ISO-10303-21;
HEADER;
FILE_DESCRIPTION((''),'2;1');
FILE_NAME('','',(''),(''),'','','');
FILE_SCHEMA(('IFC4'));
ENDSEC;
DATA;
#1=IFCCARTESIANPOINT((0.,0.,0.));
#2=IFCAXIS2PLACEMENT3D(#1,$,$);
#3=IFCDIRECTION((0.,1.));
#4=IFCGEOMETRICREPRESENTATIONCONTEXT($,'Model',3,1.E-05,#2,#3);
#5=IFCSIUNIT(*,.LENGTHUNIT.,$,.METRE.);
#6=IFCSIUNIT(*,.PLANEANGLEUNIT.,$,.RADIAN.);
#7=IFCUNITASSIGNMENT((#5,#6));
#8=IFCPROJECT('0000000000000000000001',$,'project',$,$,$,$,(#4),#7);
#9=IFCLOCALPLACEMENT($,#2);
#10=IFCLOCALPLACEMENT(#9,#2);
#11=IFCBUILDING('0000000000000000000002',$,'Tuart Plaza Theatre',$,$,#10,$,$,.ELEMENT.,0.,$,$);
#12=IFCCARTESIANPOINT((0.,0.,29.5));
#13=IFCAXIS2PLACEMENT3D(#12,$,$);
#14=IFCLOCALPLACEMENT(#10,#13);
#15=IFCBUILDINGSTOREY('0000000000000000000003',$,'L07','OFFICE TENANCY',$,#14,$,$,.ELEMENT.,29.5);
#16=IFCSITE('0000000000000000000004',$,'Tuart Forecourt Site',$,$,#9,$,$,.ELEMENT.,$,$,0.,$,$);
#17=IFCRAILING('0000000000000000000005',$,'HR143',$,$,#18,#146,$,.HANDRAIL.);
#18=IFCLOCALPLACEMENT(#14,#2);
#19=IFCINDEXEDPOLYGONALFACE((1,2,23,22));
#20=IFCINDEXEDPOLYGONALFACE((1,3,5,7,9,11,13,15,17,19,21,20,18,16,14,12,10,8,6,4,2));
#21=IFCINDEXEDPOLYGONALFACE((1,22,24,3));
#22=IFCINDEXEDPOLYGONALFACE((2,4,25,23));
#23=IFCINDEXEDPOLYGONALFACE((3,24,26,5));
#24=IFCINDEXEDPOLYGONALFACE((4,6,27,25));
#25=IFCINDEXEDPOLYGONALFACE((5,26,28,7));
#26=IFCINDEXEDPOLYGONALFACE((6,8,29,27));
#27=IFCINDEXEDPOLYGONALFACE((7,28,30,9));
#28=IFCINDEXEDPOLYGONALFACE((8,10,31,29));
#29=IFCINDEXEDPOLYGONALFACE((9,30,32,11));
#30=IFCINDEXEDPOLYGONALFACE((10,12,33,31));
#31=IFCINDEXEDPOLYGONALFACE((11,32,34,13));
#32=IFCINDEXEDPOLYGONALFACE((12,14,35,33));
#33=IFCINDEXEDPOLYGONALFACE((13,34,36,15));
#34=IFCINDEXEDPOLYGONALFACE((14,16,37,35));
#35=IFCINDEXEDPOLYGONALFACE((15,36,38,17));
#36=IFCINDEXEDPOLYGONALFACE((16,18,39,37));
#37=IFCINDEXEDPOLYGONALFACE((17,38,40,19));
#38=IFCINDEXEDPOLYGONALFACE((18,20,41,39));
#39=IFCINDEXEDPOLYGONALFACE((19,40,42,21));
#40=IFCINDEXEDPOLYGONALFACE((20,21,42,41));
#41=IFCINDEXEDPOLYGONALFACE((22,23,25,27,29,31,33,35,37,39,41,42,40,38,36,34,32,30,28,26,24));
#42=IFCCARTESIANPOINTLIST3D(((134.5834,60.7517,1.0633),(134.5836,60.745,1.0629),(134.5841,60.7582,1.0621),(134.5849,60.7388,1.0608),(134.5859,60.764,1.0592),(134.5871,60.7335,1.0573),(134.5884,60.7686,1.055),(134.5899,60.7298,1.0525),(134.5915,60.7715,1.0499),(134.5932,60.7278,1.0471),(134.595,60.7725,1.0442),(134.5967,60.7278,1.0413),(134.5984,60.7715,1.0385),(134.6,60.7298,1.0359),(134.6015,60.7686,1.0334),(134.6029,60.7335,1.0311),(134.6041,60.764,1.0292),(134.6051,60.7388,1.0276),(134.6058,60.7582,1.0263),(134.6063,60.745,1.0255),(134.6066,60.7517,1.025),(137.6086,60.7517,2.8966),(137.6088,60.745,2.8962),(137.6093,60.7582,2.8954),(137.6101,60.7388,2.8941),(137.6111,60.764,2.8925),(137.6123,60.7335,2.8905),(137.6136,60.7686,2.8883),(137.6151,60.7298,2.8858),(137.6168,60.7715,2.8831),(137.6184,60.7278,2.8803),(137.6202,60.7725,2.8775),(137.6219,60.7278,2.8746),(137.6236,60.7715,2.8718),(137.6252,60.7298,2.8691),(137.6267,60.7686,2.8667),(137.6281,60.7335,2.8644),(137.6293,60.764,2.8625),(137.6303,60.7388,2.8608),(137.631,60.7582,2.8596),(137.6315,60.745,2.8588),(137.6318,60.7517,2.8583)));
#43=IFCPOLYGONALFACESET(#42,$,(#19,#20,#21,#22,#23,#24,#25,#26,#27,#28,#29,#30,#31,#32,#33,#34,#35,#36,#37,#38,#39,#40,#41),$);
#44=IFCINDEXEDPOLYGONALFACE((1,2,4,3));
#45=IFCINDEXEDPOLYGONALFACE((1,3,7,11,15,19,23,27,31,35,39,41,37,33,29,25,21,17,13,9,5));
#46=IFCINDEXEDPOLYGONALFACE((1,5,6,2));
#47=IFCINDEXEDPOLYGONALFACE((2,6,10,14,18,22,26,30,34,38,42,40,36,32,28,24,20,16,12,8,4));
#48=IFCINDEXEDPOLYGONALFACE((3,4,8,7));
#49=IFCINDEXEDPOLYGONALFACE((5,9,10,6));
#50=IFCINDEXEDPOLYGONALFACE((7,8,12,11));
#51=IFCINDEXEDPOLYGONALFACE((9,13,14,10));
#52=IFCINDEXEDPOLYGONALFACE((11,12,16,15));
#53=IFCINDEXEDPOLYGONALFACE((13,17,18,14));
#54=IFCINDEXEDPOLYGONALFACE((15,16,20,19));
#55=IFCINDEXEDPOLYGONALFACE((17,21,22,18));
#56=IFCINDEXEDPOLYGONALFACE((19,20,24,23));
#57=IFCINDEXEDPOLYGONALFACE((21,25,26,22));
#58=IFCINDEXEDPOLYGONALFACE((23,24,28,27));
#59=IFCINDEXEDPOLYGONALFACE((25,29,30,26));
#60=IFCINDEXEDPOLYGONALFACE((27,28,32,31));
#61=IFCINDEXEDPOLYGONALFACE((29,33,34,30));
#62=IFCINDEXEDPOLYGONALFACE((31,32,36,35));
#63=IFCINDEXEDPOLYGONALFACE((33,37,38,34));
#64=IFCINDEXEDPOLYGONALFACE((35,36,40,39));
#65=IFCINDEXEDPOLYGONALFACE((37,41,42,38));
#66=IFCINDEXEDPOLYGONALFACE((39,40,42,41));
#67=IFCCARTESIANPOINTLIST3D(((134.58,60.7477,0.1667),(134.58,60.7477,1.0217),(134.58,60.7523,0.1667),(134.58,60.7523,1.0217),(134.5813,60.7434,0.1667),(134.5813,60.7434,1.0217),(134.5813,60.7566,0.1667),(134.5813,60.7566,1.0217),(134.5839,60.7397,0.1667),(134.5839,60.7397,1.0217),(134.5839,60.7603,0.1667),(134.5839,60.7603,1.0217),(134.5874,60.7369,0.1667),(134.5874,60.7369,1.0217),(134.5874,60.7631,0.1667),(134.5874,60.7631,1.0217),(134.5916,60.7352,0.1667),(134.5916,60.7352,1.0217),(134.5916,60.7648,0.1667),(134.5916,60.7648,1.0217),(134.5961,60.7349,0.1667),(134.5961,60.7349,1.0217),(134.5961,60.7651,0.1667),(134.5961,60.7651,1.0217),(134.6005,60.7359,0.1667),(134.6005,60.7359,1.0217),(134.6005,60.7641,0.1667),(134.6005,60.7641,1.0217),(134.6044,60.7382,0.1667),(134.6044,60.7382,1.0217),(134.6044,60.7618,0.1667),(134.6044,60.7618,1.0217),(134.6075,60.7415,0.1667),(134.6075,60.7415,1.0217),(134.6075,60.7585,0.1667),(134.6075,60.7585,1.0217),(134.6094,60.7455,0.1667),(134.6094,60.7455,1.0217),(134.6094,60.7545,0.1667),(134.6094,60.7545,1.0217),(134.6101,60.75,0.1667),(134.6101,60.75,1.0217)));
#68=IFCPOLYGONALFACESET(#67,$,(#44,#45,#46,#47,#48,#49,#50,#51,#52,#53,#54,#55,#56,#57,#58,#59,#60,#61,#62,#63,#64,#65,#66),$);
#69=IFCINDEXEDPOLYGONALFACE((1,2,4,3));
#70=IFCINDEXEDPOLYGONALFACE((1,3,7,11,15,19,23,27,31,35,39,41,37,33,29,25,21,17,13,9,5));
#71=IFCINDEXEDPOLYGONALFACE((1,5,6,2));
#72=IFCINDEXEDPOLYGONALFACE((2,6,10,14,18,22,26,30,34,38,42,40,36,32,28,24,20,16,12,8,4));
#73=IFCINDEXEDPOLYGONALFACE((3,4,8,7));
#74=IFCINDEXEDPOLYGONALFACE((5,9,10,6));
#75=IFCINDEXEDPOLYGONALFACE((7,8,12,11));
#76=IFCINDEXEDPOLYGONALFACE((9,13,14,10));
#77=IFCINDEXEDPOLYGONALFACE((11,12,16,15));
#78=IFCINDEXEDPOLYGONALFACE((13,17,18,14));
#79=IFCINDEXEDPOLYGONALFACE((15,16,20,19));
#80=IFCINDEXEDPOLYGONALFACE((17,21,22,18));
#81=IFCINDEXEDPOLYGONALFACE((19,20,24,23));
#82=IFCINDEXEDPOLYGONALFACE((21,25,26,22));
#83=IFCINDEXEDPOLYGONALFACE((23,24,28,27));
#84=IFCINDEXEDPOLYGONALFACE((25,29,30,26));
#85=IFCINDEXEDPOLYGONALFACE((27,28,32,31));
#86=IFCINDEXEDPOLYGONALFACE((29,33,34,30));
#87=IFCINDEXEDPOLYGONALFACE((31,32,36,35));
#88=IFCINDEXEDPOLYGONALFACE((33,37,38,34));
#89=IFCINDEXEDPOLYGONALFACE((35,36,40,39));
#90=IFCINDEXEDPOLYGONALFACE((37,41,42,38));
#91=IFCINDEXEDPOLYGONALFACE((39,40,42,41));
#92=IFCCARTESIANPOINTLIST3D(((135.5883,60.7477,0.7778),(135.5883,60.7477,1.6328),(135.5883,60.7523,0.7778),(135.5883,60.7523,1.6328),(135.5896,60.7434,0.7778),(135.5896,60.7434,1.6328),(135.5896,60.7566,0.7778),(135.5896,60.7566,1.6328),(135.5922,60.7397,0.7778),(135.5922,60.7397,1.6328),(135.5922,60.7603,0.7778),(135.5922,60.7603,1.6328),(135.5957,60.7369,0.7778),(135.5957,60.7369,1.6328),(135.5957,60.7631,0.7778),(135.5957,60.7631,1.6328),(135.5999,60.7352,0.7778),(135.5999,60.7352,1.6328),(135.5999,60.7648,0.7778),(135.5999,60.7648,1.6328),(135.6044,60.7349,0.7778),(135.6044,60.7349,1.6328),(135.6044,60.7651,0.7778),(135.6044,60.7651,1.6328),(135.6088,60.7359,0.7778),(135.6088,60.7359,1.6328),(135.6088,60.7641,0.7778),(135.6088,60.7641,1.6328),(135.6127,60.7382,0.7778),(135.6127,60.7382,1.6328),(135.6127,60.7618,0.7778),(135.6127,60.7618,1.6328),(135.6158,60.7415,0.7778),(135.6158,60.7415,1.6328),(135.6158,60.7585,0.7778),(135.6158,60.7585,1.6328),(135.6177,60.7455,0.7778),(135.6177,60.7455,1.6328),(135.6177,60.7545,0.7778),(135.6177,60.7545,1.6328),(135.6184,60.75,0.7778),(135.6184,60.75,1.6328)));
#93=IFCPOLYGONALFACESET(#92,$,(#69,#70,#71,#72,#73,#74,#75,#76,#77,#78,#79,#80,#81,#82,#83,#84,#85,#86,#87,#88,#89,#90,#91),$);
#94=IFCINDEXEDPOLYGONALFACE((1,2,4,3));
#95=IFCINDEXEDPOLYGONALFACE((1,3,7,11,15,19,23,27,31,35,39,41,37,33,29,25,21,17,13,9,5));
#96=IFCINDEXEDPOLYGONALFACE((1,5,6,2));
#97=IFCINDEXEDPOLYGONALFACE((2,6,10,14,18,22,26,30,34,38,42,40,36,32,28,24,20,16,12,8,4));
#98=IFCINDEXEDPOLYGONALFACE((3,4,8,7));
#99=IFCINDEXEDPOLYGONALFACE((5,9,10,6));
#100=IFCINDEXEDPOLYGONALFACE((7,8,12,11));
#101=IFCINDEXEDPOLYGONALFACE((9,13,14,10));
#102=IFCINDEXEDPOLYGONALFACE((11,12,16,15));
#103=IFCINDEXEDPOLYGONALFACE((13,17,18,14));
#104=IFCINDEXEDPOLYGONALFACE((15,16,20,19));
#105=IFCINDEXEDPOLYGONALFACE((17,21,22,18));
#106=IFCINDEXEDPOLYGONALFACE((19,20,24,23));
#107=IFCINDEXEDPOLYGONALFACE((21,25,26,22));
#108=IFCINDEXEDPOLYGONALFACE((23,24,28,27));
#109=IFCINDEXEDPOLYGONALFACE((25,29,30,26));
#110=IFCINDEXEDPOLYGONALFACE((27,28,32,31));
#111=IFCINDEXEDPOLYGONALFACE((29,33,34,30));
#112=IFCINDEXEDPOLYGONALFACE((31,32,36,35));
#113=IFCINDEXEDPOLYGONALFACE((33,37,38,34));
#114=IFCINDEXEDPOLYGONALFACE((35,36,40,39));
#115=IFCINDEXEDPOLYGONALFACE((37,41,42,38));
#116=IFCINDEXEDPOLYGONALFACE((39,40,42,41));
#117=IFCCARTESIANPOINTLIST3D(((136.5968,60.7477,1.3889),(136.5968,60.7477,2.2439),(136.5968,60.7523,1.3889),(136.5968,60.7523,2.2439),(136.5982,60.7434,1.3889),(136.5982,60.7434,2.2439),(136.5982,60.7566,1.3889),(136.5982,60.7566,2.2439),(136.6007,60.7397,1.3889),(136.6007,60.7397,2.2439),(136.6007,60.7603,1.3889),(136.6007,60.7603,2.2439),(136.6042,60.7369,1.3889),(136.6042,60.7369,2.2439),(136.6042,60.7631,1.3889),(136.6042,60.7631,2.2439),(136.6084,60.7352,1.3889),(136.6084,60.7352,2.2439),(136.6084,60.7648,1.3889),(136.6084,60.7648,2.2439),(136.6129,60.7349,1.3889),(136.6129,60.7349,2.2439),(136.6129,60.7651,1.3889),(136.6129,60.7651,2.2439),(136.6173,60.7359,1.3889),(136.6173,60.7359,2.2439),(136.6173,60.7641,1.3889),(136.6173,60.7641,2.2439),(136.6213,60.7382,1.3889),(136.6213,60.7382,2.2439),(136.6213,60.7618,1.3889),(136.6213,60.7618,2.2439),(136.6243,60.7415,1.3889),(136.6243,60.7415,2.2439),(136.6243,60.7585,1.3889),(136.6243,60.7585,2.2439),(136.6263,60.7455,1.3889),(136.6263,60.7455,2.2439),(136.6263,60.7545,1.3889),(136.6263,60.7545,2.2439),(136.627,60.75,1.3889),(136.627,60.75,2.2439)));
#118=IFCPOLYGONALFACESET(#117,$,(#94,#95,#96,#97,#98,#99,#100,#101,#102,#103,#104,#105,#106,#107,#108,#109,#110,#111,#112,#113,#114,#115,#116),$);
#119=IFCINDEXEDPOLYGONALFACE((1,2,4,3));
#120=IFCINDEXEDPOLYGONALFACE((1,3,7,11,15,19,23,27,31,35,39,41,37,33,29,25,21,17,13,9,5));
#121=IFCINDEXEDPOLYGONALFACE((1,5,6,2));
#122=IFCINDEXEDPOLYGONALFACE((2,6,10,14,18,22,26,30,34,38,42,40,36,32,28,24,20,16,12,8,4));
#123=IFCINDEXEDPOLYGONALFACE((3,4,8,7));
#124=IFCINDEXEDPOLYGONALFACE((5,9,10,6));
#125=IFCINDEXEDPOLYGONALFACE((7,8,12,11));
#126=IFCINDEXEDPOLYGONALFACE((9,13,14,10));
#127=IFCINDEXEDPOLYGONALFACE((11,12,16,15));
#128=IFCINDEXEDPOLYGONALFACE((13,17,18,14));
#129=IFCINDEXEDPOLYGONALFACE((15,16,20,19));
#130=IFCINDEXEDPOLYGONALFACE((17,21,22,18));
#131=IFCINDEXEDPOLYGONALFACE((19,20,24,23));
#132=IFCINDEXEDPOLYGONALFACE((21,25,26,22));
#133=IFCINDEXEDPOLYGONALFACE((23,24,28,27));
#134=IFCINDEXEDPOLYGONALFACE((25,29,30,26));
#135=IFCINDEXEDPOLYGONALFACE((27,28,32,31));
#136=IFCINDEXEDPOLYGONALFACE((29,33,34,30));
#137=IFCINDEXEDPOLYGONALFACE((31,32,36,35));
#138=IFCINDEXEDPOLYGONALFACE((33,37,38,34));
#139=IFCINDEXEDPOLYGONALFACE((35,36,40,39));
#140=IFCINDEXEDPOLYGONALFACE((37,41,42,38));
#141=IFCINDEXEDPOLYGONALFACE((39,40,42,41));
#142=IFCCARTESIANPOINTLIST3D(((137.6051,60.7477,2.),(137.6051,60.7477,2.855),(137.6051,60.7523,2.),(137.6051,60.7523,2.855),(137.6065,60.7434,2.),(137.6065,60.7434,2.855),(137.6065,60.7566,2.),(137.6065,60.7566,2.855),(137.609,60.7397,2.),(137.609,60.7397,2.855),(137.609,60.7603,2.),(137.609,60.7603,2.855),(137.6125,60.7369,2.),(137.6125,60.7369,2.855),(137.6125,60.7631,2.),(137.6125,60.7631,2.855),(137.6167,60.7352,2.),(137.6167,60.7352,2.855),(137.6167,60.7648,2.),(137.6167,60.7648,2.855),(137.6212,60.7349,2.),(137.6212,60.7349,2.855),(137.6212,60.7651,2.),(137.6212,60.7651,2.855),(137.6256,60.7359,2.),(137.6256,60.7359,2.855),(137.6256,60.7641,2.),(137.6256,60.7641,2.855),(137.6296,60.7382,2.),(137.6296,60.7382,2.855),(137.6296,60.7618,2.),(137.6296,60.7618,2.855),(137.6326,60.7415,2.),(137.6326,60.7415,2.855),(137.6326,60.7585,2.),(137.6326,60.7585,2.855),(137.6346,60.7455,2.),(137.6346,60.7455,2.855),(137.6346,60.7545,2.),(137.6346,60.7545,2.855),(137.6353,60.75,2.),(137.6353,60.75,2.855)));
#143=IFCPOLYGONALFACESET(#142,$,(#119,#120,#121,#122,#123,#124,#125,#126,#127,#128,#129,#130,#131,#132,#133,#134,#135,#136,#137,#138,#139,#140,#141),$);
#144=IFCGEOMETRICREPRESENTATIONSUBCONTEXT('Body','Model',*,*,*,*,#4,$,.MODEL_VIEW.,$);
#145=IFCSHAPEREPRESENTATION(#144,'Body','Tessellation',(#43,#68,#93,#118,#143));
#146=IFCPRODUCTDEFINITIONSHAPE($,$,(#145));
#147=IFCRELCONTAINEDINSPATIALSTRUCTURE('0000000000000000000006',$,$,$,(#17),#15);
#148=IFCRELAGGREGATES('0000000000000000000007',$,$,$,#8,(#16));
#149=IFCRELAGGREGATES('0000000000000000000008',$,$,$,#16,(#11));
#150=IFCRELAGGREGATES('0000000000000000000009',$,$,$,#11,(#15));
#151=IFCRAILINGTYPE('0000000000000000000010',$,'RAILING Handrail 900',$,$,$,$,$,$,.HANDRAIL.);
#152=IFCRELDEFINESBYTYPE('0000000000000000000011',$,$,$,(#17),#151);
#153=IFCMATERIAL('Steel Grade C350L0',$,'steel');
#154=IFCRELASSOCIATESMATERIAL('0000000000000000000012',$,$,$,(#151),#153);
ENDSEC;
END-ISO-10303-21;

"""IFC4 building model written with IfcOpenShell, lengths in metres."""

from ifc_helpers import new_model, si_unit, direction, frame, origin, origin_2d, place, context, subcontext, project, spatial, circle, extrude, material, type_object, element, save


model = new_model("IFC4")

# Units and contexts
model_context = context("Model", 3, precision=1e-05, world=origin(), true_north=direction((0.0, 1.0)))
body_context = subcontext(model_context, "Body", "Model", "MODEL_VIEW")
ifc_project = project(units=[si_unit("LENGTHUNIT", "METRE"), si_unit("PLANEANGLEUNIT", "RADIAN")], contexts=[model_context])

# Site, building, storey
site_placement = place(None, origin())
site = spatial("IfcSite", under=ifc_project, at=site_placement, Name="Tuart Forecourt Site", CompositionType="ELEMENT", RefElevation=0.0)
building_placement = place(site_placement, origin())
building = spatial("IfcBuilding", under=site, at=building_placement, Name="Tuart Plaza Theatre", CompositionType="ELEMENT", ElevationOfRefHeight=0.0)
storey_placement = place(building_placement, frame((0.0, 0.0, 29.5)))
storey = spatial("IfcBuildingStorey", under=building, at=storey_placement, Name="L07", Description="OFFICE TENANCY", CompositionType="ELEMENT", Elevation=29.5)

# Railing
ifc_material_1 = material(Name="Steel Grade C350L0", Category="steel")
railing_type_1 = type_object("IfcRailingType", Name="RAILING Handrail 900", PredefinedType="HANDRAIL", material=ifc_material_1)
railing_1_placement = place(storey_placement, frame((134.595, 60.75, 0.1667)))
element("IfcRailing", 1, at=railing_1_placement, inside=storey, type_object=railing_type_1, Name="HR143", PredefinedType="HANDRAIL", context=body_context, shape_type="SweptSolid", body=[
    extrude(circle(Radius=0.0225, at=origin_2d()), frame((0.0, 0.0, 0.8774), z_axis=(0.855219, 0.0, 0.518267), x_axis=(0.0, 1.0, 0.0)), (0.0, 0.0, 1.0), 3.5374),
    extrude(circle(Radius=0.0151, at=origin_2d()), origin(), (0.0, 0.0, 1.0), 0.855),
    extrude(circle(Radius=0.0151, at=origin_2d()), frame((1.0083, 0.0, 0.6111)), (0.0, 0.0, 1.0), 0.855),
    extrude(circle(Radius=0.0151, at=origin_2d()), frame((2.0168, 0.0, 1.2222)), (0.0, 0.0, 1.0), 0.855),
    extrude(circle(Radius=0.0151, at=origin_2d()), frame((3.0251, 0.0, 1.8333)), (0.0, 0.0, 1.0), 0.855),
])

save(model, "model.ifc")
